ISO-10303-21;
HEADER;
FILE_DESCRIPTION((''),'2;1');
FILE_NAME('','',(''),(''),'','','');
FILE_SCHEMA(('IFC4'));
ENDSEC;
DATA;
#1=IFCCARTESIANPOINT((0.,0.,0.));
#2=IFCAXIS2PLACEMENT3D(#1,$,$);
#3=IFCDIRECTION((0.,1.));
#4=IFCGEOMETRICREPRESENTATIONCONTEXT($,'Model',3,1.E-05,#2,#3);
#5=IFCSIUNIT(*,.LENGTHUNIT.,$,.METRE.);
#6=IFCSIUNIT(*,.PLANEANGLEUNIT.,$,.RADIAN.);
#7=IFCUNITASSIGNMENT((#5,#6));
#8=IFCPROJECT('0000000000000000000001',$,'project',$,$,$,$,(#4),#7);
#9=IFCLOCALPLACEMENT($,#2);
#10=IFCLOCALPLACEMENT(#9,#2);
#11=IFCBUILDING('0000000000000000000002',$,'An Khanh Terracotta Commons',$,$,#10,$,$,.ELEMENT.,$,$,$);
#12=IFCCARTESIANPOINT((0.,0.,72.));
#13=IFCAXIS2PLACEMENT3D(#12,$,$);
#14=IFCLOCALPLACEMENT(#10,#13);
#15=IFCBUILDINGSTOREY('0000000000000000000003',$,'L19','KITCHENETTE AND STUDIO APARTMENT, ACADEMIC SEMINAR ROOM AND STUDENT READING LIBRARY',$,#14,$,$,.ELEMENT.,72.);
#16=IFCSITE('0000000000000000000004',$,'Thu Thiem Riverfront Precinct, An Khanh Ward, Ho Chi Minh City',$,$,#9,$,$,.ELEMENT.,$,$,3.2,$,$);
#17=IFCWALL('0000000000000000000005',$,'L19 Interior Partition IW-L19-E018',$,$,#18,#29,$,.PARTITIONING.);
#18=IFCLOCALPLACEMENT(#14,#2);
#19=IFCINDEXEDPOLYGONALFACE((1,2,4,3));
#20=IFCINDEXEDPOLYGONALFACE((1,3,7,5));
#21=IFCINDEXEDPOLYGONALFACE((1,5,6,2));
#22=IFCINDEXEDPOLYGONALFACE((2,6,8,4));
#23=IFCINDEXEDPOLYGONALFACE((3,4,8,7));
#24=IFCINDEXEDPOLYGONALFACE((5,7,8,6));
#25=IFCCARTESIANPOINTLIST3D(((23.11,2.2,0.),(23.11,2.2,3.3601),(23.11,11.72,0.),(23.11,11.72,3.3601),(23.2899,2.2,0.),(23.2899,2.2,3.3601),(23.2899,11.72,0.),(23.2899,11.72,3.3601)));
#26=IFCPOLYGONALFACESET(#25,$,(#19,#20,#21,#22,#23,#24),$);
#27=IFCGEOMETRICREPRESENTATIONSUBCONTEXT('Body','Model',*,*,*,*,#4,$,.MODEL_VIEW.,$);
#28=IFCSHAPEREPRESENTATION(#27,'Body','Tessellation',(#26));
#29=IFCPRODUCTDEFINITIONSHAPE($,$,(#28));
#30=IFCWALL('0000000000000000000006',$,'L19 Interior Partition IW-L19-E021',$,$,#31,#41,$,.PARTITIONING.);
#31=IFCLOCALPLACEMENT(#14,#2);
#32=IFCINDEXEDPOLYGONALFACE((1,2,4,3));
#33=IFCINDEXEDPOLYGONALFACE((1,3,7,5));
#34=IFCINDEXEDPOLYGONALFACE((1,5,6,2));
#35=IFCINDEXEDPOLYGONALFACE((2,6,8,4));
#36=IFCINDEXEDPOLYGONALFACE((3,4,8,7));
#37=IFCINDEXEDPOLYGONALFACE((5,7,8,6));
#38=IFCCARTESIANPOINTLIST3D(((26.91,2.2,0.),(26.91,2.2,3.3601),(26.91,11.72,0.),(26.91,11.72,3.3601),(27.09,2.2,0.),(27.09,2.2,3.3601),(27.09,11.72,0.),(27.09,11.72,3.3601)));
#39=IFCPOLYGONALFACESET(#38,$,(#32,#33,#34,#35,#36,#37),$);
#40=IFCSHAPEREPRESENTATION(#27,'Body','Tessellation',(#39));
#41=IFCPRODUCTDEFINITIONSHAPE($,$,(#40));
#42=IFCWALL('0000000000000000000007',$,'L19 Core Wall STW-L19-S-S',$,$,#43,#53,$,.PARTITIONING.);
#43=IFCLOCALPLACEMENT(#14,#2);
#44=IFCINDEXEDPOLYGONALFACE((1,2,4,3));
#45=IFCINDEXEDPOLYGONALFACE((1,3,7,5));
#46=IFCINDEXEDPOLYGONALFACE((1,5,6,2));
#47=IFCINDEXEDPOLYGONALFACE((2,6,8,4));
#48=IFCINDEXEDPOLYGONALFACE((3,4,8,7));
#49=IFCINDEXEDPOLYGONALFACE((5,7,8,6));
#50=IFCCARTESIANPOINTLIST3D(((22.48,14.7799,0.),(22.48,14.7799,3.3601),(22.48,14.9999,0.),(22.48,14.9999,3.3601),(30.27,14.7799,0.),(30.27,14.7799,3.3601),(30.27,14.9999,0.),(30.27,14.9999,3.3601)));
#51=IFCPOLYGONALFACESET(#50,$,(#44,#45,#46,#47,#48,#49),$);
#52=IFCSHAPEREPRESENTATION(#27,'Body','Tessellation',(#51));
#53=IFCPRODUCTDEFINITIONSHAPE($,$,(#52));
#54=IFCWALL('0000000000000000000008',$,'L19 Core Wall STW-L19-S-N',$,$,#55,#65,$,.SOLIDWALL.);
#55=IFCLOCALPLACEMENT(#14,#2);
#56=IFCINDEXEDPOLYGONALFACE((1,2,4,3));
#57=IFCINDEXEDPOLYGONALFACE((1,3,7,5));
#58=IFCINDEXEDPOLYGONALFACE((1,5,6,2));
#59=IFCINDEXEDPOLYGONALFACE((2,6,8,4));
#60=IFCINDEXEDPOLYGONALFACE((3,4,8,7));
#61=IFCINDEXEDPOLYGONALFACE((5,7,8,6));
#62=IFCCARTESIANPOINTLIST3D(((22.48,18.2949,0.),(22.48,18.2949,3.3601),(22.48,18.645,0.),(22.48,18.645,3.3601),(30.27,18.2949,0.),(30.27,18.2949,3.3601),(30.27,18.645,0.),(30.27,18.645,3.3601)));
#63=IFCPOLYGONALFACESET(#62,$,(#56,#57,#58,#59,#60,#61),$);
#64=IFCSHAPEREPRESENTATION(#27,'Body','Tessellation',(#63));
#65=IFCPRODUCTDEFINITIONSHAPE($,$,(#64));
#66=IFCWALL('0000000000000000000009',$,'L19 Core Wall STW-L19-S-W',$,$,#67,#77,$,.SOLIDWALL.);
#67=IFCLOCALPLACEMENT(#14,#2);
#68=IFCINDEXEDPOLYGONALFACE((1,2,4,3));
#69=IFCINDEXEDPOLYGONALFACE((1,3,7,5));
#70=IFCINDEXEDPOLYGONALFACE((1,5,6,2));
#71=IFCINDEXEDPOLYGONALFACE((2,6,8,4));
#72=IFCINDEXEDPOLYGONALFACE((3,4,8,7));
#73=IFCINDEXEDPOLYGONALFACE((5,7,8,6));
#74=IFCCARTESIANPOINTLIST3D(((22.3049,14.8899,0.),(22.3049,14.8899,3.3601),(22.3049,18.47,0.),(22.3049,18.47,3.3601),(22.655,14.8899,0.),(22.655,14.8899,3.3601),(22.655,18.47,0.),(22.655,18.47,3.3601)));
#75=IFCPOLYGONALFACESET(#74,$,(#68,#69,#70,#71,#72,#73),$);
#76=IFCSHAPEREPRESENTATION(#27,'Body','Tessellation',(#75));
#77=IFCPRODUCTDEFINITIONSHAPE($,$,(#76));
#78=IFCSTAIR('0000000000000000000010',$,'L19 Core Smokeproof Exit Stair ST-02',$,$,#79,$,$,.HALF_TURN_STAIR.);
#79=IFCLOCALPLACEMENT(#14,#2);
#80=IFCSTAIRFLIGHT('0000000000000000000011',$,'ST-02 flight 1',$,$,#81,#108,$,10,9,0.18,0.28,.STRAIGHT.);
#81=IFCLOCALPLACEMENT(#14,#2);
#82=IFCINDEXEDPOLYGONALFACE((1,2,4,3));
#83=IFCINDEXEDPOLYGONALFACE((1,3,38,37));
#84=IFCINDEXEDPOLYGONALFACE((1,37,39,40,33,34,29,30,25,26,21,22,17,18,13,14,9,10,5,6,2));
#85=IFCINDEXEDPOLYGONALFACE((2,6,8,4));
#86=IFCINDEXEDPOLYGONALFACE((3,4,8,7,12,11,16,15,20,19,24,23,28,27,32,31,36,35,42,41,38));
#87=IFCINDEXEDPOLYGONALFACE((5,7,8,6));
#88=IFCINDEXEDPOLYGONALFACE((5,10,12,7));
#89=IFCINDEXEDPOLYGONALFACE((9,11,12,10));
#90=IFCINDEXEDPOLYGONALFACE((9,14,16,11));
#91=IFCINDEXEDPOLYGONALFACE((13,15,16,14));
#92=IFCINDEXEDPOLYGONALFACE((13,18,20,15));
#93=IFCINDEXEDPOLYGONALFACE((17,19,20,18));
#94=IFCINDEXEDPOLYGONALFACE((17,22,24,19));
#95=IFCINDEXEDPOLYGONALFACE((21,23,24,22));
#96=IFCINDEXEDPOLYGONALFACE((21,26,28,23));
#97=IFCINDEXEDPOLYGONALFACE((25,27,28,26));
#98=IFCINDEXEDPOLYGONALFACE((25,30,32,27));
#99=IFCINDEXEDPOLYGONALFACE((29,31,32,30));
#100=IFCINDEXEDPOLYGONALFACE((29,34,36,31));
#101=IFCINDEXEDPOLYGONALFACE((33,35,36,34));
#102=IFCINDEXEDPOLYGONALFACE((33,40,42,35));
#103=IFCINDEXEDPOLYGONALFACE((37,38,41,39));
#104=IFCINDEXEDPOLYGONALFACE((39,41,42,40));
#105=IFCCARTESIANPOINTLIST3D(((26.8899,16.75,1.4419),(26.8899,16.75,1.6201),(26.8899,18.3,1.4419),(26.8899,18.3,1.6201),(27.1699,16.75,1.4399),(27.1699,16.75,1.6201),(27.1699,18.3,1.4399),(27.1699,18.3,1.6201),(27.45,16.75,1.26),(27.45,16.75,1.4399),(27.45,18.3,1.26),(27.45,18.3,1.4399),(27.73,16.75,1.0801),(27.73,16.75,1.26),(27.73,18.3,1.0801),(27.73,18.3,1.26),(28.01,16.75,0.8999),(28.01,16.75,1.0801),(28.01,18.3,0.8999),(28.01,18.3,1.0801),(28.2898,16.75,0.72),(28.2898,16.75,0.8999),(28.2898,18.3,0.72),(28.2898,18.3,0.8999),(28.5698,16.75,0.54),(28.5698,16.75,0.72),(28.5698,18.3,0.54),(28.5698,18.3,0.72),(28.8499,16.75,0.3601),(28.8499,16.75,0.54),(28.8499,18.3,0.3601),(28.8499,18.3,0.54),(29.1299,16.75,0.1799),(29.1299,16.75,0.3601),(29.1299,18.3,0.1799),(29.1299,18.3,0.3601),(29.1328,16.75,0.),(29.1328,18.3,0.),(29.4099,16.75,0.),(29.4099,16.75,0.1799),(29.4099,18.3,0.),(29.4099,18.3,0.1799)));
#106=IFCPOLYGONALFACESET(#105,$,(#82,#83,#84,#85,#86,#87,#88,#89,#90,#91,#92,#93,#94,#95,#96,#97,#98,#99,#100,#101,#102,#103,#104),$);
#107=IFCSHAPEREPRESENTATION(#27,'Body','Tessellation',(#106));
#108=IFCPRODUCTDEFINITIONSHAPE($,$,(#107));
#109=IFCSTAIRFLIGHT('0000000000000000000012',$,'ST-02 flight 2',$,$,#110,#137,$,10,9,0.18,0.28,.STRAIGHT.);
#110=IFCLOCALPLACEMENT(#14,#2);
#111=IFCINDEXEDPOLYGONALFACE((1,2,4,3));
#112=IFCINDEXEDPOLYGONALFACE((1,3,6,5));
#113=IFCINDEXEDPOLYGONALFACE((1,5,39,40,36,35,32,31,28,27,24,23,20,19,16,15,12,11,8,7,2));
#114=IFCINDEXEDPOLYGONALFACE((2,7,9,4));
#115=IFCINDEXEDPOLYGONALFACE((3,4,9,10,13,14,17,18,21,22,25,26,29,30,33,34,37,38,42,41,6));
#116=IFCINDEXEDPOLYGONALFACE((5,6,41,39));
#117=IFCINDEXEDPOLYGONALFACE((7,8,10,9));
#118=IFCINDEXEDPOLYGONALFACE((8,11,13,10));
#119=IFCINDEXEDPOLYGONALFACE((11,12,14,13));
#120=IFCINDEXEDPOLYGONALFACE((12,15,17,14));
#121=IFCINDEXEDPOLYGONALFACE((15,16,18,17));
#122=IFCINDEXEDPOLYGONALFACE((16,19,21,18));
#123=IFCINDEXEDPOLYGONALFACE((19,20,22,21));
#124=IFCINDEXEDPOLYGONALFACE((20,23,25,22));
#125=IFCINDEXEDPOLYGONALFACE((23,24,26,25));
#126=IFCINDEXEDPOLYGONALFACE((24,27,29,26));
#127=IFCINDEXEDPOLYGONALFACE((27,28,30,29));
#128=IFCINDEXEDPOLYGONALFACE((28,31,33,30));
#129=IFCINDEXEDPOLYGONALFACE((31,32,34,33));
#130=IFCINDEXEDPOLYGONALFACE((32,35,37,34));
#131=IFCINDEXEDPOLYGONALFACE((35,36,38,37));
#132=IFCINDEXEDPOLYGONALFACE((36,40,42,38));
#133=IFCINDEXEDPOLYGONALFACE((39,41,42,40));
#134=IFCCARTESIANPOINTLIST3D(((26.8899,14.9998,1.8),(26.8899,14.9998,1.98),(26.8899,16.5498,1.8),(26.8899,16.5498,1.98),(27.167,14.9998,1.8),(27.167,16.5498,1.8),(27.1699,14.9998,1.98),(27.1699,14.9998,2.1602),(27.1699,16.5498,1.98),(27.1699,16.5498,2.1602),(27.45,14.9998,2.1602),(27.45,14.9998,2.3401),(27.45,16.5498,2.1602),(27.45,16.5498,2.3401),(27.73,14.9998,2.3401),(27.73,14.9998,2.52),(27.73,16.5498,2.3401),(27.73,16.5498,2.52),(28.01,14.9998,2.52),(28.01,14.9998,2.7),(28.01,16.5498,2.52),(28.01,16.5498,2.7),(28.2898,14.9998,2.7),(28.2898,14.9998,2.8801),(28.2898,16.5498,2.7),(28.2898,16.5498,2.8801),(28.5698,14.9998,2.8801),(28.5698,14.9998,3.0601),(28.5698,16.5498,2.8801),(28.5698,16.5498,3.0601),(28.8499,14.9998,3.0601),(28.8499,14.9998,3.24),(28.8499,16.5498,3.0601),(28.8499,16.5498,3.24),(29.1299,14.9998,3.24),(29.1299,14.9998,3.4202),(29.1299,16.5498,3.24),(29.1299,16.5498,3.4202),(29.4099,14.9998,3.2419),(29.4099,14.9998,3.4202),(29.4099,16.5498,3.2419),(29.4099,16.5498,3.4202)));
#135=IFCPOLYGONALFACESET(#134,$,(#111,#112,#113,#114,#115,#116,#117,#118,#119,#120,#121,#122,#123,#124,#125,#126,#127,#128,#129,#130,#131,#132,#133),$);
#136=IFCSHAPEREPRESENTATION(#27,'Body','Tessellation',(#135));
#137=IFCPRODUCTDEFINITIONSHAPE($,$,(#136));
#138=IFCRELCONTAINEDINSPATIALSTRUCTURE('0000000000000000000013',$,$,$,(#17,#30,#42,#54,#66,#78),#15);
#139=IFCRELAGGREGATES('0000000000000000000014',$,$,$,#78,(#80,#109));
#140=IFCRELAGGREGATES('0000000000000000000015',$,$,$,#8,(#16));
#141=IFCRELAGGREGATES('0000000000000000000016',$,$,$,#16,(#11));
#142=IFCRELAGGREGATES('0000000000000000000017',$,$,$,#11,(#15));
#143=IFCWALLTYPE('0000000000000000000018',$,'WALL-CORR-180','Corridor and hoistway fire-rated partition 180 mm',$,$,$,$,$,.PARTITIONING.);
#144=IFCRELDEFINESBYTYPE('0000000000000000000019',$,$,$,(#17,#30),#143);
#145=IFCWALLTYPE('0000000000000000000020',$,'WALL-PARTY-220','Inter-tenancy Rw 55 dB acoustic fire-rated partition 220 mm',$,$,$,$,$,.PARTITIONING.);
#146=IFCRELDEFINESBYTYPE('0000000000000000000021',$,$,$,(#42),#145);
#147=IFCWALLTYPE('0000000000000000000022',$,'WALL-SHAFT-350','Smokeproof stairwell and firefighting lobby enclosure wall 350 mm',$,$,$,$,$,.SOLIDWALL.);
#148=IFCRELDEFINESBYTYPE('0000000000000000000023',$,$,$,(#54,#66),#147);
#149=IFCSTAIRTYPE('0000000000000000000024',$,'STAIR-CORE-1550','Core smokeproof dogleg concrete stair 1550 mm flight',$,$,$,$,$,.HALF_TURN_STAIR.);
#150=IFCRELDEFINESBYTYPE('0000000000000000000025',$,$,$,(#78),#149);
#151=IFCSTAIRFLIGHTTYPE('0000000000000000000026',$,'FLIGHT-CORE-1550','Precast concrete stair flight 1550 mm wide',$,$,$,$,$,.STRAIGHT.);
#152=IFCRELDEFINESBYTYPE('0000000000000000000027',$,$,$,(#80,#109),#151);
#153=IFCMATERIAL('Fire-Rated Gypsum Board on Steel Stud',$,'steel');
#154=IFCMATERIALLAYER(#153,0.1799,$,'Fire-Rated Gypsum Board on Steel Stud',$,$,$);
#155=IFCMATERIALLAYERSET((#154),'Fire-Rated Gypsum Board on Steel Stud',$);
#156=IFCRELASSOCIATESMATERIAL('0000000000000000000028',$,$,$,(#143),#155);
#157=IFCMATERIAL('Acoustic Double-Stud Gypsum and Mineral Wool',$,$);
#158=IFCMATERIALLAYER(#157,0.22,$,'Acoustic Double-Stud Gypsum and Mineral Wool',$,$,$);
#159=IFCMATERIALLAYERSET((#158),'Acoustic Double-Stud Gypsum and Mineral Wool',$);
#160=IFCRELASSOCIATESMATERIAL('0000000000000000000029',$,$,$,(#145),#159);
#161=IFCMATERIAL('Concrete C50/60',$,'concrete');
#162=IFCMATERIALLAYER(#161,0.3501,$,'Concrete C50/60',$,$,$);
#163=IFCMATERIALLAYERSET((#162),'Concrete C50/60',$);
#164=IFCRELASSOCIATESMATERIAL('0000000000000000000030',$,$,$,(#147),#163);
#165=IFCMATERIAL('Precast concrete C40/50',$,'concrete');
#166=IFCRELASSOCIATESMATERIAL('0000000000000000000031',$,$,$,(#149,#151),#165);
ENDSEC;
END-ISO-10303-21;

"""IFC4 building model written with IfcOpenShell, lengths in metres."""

from ifc_helpers import new_model, si_unit, direction, frame, frame_2d, origin, place, context, subcontext, project, spatial, polyline, rectangle, outline, extrude, material, layer, layer_set, type_object, element, aggregate, save


model = new_model("IFC4")

# Units and contexts
model_context = context("Model", 3, precision=1e-05, world=origin(), true_north=direction((0.0, 1.0)))
body_context = subcontext(model_context, "Body", "Model", "MODEL_VIEW")
ifc_project = project(units=[si_unit("LENGTHUNIT", "METRE"), si_unit("PLANEANGLEUNIT", "RADIAN")], contexts=[model_context])

# Site, building, storey
site_placement = place(None, origin())
site = spatial("IfcSite", under=ifc_project, at=site_placement, Name="Thu Thiem Riverfront Precinct, An Khanh Ward, Ho Chi Minh City", CompositionType="ELEMENT", RefElevation=3.2)
building_placement = place(site_placement, origin())
building = spatial("IfcBuilding", under=site, at=building_placement, Name="An Khanh Terracotta Commons", CompositionType="ELEMENT")
storey_placement = place(building_placement, frame((0.0, 0.0, 72.0)))
storey = spatial("IfcBuildingStorey", under=building, at=storey_placement, Name="L19", Description="KITCHENETTE AND STUDIO APARTMENT, ACADEMIC SEMINAR ROOM AND STUDENT READING LIBRARY", CompositionType="ELEMENT", Elevation=72.0)

# Shared definitions
ifc_material_1 = material(Name="Fire-Rated Gypsum Board on Steel Stud", Category="steel")
ifc_layer_1 = layer(ifc_material_1, 0.1799, Name="Fire-Rated Gypsum Board on Steel Stud")
ifc_layer_set_1 = layer_set([ifc_layer_1], Name="Fire-Rated Gypsum Board on Steel Stud")
wall_type_1 = type_object("IfcWallType", Name="WALL-CORR-180", Description="Corridor and hoistway fire-rated partition 180 mm", PredefinedType="PARTITIONING", material=ifc_layer_set_1)

# Walls
for number, where, z_axis, x_axis, name in (
    (1, (23.2, 2.2, 0.0), (0.0, 0.0, 1.0), (0.0, 1.0, 0.0), "L19 Interior Partition IW-L19-E018"),
    (2, (27.0, 2.2, 0.0), (0.0, 0.0, 1.0), (0.0, 1.0, 0.0), "L19 Interior Partition IW-L19-E021"),
):
    element("IfcWall", number, at=place(storey_placement, frame(where, z_axis=z_axis, x_axis=x_axis)), inside=storey, type_object=wall_type_1, Name=name, PredefinedType="PARTITIONING", context=body_context, shape_type="SweptSolid", body=[
        extrude(rectangle(XDim=9.52, YDim=0.1799, at=frame_2d((4.76, 0.0))), origin(), (0.0, 0.0, 1.0), 3.3601),
    ])
ifc_material_2 = material(Name="Acoustic Double-Stud Gypsum and Mineral Wool")
ifc_layer_2 = layer(ifc_material_2, 0.22, Name="Acoustic Double-Stud Gypsum and Mineral Wool")
ifc_layer_set_2 = layer_set([ifc_layer_2], Name="Acoustic Double-Stud Gypsum and Mineral Wool")
wall_type_2 = type_object("IfcWallType", Name="WALL-PARTY-220", Description="Inter-tenancy Rw 55 dB acoustic fire-rated partition 220 mm", PredefinedType="PARTITIONING", material=ifc_layer_set_2)
wall_1_placement = place(storey_placement, frame((22.48, 14.8899, 0.0), z_axis=(0.0, 0.0, 1.0), x_axis=(1.0, 0.0, 0.0)))
element("IfcWall", 3, at=wall_1_placement, inside=storey, type_object=wall_type_2, Name="L19 Core Wall STW-L19-S-S", PredefinedType="PARTITIONING", context=body_context, shape_type="SweptSolid", body=[
    extrude(rectangle(XDim=7.79, YDim=0.22, at=frame_2d((3.895, 0.0))), origin(), (0.0, 0.0, 1.0), 3.3601),
])
ifc_material_3 = material(Name="Concrete C50/60", Category="concrete")
ifc_layer_3 = layer(ifc_material_3, 0.3501, Name="Concrete C50/60")
ifc_layer_set_3 = layer_set([ifc_layer_3], Name="Concrete C50/60")
wall_type_3 = type_object("IfcWallType", Name="WALL-SHAFT-350", Description="Smokeproof stairwell and firefighting lobby enclosure wall 350 mm", PredefinedType="SOLIDWALL", material=ifc_layer_set_3)
wall_2_placement = place(storey_placement, frame((22.48, 18.47, 0.0), z_axis=(0.0, 0.0, 1.0), x_axis=(1.0, 0.0, 0.0)))
element("IfcWall", 4, at=wall_2_placement, inside=storey, type_object=wall_type_3, Name="L19 Core Wall STW-L19-S-N", PredefinedType="SOLIDWALL", context=body_context, shape_type="SweptSolid", body=[
    extrude(rectangle(XDim=7.79, YDim=0.3501, at=frame_2d((3.895, 0.0))), origin(), (0.0, 0.0, 1.0), 3.3601),
])
wall_3_placement = place(storey_placement, frame((22.48, 14.8899, 0.0), z_axis=(0.0, 0.0, 1.0), x_axis=(0.0, 1.0, 0.0)))
element("IfcWall", 5, at=wall_3_placement, inside=storey, type_object=wall_type_3, Name="L19 Core Wall STW-L19-S-W", PredefinedType="SOLIDWALL", context=body_context, shape_type="SweptSolid", body=[
    extrude(rectangle(XDim=3.5801, YDim=0.3501, at=frame_2d((1.79, 0.0))), origin(), (0.0, 0.0, 1.0), 3.3601),
])

# Stair, stair flights
ifc_material_4 = material(Name="Precast concrete C40/50", Category="concrete")
stair_type = type_object("IfcStairType", Name="STAIR-CORE-1550", Description="Core smokeproof dogleg concrete stair 1550 mm flight", PredefinedType="HALF_TURN_STAIR", material=ifc_material_4)
stair_placement = place(storey_placement, origin())
stair = element("IfcStair", 6, at=stair_placement, inside=storey, type_object=stair_type, Name="L19 Core Smokeproof Exit Stair ST-02", PredefinedType="HALF_TURN_STAIR")
stair_flight_type = type_object("IfcStairFlightType", Name="FLIGHT-CORE-1550", Description="Precast concrete stair flight 1550 mm wide", PredefinedType="STRAIGHT", material=ifc_material_4)
stair_flight_1_placement = place(storey_placement, frame((29.4099, 17.5249, 0.0), z_axis=(0.0, 0.0, 1.0), x_axis=(-1.0, 0.0, 0.0)))
stair_flight_1 = element("IfcStairFlight", 7, at=stair_flight_1_placement, type_object=stair_flight_type, Name="ST-02 flight 1", NumberOfRisers=10, NumberOfTreads=9, PredefinedType="STRAIGHT", RiserHeight=0.18, TreadLength=0.28, context=body_context, shape_type="SweptSolid", body=[
    extrude(outline(polyline([(0.0, 0.0), (0.0, 0.1799), (0.28, 0.1799), (0.28, 0.3601), (0.5601, 0.3601), (0.5601, 0.54), (0.8401, 0.54), (0.8401, 0.72), (1.1201, 0.72), (1.1201, 0.8999), (1.3999, 0.8999), (1.3999, 1.0801), (1.6799, 1.0801), (1.6799, 1.26), (1.96, 1.26), (1.96, 1.4399), (2.24, 1.4399), (2.24, 1.6201), (2.52, 1.6201), (2.52, 1.8), (2.52, 1.4419), (0.2771, 0.0), (0.0, 0.0)])), frame((0.0, 0.7749, 0.0), z_axis=(0.0, -1.0, 0.0), x_axis=(1.0, 0.0, 0.0)), (0.0, 0.0, 1.0), 1.55),
])
stair_flight_2_placement = place(storey_placement, frame((26.8899, 15.7749, 1.8), z_axis=(0.0, 0.0, 1.0), x_axis=(1.0, 0.0, 0.0)))
stair_flight_2 = element("IfcStairFlight", 8, at=stair_flight_2_placement, type_object=stair_flight_type, Name="ST-02 flight 2", NumberOfRisers=10, NumberOfTreads=9, PredefinedType="STRAIGHT", RiserHeight=0.18, TreadLength=0.28, context=body_context, shape_type="SweptSolid", body=[
    extrude(outline(polyline([(0.0, 0.0), (0.0, 0.1799), (0.28, 0.1799), (0.28, 0.3601), (0.5601, 0.3601), (0.5601, 0.54), (0.8401, 0.54), (0.8401, 0.72), (1.1201, 0.72), (1.1201, 0.8999), (1.3999, 0.8999), (1.3999, 1.0801), (1.6799, 1.0801), (1.6799, 1.26), (1.96, 1.26), (1.96, 1.4399), (2.24, 1.4399), (2.24, 1.6201), (2.52, 1.6201), (2.52, 1.8), (2.52, 1.4419), (0.2771, 0.0), (0.0, 0.0)])), frame((0.0, 0.7749, 0.0), z_axis=(0.0, -1.0, 0.0), x_axis=(1.0, 0.0, 0.0)), (0.0, 0.0, 1.0), 1.55),
])
aggregate(stair, [stair_flight_1, stair_flight_2])

save(model, "model.ifc")
